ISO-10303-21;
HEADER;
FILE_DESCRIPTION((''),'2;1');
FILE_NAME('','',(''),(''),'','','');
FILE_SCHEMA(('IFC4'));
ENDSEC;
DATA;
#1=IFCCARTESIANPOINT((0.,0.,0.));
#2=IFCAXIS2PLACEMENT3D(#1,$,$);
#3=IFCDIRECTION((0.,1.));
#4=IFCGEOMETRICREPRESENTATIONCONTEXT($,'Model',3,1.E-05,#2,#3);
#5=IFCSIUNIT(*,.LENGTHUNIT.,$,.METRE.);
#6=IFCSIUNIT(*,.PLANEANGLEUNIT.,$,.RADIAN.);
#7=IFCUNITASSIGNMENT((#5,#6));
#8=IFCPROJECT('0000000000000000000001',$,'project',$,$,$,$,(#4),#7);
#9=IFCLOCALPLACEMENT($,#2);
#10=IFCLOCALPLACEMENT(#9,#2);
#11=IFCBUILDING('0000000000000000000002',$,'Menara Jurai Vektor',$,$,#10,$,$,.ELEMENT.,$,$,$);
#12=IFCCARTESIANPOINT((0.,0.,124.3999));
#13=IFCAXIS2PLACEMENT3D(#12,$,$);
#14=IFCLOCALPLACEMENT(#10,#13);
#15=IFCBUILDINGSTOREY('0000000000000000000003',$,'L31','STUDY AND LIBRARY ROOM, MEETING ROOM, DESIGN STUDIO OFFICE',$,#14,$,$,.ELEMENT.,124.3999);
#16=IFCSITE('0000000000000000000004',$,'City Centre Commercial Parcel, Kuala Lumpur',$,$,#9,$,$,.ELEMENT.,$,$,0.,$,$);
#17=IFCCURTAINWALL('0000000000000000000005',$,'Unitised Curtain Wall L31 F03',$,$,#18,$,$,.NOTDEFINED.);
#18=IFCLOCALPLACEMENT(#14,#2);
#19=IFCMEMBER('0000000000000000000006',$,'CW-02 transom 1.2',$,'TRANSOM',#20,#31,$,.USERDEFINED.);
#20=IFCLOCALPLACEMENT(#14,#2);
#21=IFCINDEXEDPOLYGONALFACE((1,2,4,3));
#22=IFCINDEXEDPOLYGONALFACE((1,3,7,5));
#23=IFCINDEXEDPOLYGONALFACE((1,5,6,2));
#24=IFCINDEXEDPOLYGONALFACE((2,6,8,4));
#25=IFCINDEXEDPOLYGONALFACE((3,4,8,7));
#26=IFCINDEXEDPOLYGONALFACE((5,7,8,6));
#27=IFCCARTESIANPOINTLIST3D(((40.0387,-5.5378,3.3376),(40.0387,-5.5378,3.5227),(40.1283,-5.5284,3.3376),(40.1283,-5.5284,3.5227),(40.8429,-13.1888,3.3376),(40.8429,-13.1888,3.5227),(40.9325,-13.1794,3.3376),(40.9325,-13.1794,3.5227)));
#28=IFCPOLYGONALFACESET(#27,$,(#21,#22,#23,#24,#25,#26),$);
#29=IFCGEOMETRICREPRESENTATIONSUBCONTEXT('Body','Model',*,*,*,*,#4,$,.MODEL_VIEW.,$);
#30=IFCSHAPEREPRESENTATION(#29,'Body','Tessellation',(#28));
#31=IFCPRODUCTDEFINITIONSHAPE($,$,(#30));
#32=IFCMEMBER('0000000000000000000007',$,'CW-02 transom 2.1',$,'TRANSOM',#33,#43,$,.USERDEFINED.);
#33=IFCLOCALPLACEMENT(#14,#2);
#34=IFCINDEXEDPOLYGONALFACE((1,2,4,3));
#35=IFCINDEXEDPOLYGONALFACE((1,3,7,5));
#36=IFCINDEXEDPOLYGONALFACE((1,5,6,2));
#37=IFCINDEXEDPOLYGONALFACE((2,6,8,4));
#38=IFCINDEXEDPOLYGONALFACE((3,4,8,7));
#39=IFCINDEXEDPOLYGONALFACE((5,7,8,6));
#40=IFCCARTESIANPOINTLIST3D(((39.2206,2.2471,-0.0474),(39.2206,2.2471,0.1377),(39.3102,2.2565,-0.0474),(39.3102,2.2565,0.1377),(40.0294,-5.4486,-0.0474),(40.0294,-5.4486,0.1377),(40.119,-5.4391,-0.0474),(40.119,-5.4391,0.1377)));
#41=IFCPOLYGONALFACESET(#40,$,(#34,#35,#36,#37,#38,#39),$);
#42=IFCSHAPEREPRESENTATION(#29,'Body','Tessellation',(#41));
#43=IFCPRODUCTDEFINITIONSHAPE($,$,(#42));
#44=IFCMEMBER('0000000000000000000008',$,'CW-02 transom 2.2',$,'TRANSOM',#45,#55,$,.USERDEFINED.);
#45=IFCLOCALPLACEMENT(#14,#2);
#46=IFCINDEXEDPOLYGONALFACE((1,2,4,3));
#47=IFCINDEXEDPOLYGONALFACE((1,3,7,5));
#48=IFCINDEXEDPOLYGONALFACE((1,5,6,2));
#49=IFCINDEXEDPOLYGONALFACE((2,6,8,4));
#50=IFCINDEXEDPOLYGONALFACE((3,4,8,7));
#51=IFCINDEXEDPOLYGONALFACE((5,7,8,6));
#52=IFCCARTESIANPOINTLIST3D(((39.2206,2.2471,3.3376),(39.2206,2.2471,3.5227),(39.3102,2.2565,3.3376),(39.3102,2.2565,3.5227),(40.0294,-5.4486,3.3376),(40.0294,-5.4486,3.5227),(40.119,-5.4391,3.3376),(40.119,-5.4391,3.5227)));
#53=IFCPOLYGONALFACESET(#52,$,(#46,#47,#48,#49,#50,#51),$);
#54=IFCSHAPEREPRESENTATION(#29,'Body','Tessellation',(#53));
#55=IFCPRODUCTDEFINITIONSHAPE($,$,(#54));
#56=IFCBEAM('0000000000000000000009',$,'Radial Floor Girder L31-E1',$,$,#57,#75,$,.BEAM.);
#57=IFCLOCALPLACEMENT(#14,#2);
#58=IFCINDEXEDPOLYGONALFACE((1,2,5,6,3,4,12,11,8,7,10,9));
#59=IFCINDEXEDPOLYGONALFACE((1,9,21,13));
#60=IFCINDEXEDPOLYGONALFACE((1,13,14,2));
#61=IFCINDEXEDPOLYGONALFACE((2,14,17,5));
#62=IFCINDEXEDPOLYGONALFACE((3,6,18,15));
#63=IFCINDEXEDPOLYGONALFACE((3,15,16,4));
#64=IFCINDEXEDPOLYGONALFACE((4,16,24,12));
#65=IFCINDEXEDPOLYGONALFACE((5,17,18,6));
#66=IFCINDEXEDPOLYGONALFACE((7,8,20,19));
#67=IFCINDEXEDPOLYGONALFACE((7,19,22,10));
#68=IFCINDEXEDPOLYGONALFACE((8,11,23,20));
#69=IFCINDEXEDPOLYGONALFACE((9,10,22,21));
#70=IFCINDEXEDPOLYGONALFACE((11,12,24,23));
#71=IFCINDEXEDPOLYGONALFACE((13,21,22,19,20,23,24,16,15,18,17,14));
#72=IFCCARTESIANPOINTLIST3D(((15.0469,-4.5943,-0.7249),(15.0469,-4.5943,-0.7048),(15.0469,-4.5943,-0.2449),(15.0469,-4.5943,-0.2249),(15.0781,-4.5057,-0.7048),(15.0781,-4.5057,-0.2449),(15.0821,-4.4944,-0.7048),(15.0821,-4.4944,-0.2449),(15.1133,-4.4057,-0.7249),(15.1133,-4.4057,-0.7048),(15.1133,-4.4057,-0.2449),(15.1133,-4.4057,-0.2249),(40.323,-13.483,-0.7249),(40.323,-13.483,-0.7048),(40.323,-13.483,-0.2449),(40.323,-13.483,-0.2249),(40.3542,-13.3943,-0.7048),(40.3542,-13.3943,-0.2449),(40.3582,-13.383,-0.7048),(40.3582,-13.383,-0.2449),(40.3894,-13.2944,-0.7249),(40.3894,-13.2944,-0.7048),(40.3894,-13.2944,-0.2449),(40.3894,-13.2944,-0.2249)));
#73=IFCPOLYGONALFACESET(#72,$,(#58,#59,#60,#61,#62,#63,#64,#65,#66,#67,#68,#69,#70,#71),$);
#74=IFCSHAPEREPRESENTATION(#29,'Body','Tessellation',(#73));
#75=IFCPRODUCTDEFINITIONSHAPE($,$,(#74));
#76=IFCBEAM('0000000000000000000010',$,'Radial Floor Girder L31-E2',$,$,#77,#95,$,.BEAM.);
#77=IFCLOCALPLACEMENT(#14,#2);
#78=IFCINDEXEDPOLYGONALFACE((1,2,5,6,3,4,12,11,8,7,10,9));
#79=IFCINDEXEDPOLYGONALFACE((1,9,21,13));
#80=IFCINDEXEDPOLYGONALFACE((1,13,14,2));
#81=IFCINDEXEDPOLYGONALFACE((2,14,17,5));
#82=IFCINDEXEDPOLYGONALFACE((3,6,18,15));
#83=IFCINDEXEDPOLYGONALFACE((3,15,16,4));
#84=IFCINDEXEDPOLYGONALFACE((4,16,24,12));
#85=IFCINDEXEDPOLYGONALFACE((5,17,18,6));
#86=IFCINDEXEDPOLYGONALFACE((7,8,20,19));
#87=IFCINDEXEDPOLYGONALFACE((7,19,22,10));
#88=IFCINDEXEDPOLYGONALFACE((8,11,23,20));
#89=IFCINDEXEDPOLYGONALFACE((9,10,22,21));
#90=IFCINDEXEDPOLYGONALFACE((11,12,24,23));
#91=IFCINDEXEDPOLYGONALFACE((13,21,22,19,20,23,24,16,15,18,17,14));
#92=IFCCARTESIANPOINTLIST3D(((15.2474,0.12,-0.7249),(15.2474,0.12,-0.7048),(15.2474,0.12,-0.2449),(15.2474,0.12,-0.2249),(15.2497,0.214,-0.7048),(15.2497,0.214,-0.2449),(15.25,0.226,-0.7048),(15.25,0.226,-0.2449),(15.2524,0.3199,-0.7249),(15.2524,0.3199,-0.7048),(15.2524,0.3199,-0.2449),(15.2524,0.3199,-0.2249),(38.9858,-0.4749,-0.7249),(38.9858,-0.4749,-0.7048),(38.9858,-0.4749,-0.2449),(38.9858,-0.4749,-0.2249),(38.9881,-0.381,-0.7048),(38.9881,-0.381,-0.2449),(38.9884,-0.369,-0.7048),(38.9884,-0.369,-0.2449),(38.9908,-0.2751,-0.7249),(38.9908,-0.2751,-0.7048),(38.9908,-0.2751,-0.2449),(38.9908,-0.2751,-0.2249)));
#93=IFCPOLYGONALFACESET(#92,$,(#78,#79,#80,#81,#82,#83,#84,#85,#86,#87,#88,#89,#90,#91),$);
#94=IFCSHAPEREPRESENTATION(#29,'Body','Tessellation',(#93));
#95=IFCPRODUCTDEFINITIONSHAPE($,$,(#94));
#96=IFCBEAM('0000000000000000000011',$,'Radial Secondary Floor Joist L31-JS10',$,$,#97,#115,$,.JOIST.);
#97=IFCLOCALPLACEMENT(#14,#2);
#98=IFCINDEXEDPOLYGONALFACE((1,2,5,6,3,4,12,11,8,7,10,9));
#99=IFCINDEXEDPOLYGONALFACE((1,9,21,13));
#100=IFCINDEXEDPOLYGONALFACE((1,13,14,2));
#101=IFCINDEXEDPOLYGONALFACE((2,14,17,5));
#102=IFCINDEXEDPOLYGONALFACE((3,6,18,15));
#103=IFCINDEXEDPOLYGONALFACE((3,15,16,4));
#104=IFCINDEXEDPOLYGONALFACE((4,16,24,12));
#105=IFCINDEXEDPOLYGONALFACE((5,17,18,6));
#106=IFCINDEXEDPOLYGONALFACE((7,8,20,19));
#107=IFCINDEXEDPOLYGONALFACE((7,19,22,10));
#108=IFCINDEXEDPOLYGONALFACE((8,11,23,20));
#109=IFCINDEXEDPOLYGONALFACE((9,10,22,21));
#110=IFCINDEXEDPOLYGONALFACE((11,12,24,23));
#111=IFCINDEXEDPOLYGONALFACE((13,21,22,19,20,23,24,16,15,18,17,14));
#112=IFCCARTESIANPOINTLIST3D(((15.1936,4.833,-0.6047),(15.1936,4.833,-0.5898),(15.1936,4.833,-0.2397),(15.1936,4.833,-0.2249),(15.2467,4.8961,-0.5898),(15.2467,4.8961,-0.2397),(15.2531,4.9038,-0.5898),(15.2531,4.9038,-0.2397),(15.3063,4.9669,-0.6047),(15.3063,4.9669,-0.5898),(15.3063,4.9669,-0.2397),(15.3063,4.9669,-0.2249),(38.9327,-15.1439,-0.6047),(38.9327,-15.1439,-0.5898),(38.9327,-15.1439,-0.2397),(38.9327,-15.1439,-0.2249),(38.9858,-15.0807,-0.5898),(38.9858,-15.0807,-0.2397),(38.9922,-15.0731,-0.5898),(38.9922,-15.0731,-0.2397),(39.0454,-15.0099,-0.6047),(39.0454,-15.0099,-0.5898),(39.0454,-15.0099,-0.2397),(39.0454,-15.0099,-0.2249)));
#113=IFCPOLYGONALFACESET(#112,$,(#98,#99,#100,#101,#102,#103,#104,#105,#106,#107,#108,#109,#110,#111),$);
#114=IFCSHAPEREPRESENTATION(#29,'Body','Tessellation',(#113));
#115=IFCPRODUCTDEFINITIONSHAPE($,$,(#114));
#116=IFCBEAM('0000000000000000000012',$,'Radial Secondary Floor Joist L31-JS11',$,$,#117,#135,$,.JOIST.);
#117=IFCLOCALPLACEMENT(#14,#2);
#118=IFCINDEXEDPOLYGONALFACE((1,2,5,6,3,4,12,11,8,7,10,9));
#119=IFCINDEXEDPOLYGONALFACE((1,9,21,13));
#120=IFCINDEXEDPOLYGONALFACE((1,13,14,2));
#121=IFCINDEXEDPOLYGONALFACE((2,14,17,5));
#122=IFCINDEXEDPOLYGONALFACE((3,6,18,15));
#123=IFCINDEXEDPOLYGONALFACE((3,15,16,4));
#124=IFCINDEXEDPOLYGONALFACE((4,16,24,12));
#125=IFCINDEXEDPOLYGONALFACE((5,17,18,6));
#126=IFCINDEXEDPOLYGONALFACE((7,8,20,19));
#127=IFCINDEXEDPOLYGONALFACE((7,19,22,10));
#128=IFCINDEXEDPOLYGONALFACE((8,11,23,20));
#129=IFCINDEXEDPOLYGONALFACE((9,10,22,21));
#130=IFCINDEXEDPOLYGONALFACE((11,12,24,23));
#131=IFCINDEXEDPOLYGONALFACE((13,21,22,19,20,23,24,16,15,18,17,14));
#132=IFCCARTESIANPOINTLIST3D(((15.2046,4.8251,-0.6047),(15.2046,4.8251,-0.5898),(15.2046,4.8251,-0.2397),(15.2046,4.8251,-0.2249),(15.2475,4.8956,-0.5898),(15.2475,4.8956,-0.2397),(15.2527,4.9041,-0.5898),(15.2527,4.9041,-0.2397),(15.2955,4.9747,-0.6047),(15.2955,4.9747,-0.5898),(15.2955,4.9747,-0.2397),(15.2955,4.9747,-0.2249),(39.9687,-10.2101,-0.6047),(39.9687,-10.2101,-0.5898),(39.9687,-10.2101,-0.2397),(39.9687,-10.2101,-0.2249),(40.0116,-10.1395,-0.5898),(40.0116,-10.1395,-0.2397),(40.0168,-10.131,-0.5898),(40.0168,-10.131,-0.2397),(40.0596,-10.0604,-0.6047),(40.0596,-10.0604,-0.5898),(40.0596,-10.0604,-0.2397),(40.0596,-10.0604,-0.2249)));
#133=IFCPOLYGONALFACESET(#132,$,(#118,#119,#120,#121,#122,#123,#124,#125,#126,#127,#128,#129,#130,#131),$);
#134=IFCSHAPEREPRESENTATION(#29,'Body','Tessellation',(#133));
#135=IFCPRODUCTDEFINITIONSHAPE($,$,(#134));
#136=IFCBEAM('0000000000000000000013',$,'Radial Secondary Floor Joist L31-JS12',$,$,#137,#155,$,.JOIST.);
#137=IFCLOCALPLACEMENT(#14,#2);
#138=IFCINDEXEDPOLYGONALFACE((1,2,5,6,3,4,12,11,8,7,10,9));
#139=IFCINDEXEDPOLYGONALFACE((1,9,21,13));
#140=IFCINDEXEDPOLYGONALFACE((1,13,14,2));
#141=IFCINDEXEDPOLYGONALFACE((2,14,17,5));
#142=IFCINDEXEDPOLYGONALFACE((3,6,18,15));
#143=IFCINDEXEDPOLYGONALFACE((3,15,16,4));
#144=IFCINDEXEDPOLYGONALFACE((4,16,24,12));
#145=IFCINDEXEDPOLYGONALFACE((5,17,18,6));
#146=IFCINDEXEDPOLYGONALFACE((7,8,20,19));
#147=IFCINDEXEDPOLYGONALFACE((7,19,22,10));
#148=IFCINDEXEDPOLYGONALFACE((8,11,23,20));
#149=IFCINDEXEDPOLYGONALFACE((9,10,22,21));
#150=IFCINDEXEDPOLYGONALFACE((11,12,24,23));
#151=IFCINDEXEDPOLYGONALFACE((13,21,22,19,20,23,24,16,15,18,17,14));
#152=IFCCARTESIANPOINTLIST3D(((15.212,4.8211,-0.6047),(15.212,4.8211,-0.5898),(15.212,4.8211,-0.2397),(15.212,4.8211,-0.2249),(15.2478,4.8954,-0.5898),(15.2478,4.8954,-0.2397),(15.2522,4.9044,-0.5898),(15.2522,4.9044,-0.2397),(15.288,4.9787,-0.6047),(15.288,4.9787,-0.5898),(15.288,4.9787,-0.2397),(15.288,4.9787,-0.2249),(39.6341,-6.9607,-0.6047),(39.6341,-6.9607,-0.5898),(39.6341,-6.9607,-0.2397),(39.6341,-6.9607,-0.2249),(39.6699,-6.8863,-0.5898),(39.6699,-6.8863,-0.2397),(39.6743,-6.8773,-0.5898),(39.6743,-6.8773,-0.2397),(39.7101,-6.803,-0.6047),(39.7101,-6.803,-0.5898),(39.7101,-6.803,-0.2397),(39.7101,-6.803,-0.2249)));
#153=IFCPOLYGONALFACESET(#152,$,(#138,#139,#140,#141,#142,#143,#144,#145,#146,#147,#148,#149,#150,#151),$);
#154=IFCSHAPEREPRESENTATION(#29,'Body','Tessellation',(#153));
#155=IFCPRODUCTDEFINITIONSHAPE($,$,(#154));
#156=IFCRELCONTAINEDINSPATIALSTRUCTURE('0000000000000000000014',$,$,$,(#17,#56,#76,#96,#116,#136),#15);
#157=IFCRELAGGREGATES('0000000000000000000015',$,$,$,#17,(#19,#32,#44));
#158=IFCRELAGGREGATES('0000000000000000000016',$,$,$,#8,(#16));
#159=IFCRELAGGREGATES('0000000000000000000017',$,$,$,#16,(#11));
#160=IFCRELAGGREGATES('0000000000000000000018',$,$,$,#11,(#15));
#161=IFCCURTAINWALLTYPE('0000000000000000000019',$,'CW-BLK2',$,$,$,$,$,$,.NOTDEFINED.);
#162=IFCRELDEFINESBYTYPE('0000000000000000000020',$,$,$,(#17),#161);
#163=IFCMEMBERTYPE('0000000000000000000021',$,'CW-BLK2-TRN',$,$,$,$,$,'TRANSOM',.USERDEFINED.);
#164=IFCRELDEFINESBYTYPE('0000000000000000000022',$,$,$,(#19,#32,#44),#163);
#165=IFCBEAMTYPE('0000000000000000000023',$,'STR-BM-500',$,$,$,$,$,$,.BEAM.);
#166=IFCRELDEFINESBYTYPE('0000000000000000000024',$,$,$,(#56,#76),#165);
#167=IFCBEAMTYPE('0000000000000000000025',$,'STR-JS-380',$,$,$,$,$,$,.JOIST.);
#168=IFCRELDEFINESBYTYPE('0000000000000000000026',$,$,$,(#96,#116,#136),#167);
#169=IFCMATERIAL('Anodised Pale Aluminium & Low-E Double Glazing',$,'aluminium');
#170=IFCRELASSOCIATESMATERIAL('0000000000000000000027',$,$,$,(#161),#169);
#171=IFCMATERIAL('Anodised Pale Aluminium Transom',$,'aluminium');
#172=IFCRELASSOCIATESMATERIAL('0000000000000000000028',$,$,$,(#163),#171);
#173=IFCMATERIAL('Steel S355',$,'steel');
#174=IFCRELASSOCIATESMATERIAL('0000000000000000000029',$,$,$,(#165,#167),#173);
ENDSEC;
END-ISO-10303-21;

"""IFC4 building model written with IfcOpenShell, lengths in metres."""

from ifc_helpers import new_model, si_unit, direction, frame, origin, origin_2d, place, context, subcontext, project, spatial, rectangle, i_section, extrude, material, material_profile, profile_set, type_object, element, aggregate, save


model = new_model("IFC4")

# Units and contexts
model_context = context("Model", 3, precision=1e-05, world=origin(), true_north=direction((0.0, 1.0)))
body_context = subcontext(model_context, "Body", "Model", "MODEL_VIEW")
ifc_project = project(units=[si_unit("LENGTHUNIT", "METRE"), si_unit("PLANEANGLEUNIT", "RADIAN")], contexts=[model_context])

# Site, building, storey
site_placement = place(None, origin())
site = spatial("IfcSite", under=ifc_project, at=site_placement, Name="City Centre Commercial Parcel, Kuala Lumpur", CompositionType="ELEMENT", RefElevation=0.0)
building_placement = place(site_placement, origin())
building = spatial("IfcBuilding", under=site, at=building_placement, Name="Menara Jurai Vektor", CompositionType="ELEMENT")
storey_placement = place(building_placement, frame((0.0, 0.0, 124.3999)))
storey = spatial("IfcBuildingStorey", under=building, at=storey_placement, Name="L31", Description="STUDY AND LIBRARY ROOM, MEETING ROOM, DESIGN STUDIO OFFICE", CompositionType="ELEMENT", Elevation=124.3999)

# Curtain wall
ifc_material_1 = material(Name="Anodised Pale Aluminium & Low-E Double Glazing", Category="aluminium")
curtain_wall_type = type_object("IfcCurtainWallType", Name="CW-BLK2", PredefinedType="NOTDEFINED", material=ifc_material_1)
curtain_wall_1_placement = place(storey_placement, origin())
curtain_wall_1 = element("IfcCurtainWall", 1, at=curtain_wall_1_placement, inside=storey, type_object=curtain_wall_type, Name="Unitised Curtain Wall L31 F03", PredefinedType="NOTDEFINED")

# Members
ifc_material_2 = material(Name="Anodised Pale Aluminium Transom", Category="aluminium")
ifc_material_profile_1 = material_profile(ifc_material_2, rectangle(XDim=0.0901, YDim=0.1851, at=origin_2d()), Name="ALU TRN 90x185")
ifc_profile_set_1 = profile_set([ifc_material_profile_1], Name="Anodised Pale Aluminium Transom")
member_type_1 = type_object("IfcMemberType", Name="CW-BLK2-TRN", ElementType="TRANSOM", PredefinedType="USERDEFINED", material=ifc_profile_set_1)
member_1_placement = place(storey_placement, frame((40.8877, -13.1841, 3.4302), z_axis=(-0.104536, 0.994521, 0.0), x_axis=(-0.994521, -0.104536, 0.0)))
member_1 = element("IfcMember", 2, at=member_1_placement, type_object=member_type_1, Name="CW-02 transom 1.2", ObjectType="TRANSOM", PredefinedType="USERDEFINED", context=body_context, shape_type="SweptSolid", body=[
    extrude(rectangle(XDim=0.0901, YDim=0.1851, at=origin_2d()), origin(), (0.0, 0.0, 1.0), 7.6931),
])
member_2_placement = place(storey_placement, frame((40.0742, -5.4438, 0.0452), z_axis=(-0.104529, 0.994522, 0.0), x_axis=(-0.994522, -0.104529, 0.0)))
member_2 = element("IfcMember", 3, at=member_2_placement, type_object=member_type_1, Name="CW-02 transom 2.1", ObjectType="TRANSOM", PredefinedType="USERDEFINED", context=body_context, shape_type="SweptSolid", body=[
    extrude(rectangle(XDim=0.0901, YDim=0.1851, at=origin_2d()), origin(), (0.0, 0.0, 1.0), 7.738),
])
member_3_placement = place(storey_placement, frame((40.0742, -5.4438, 3.4302), z_axis=(-0.104529, 0.994522, 0.0), x_axis=(-0.994522, -0.104529, 0.0)))
member_3 = element("IfcMember", 4, at=member_3_placement, type_object=member_type_1, Name="CW-02 transom 2.2", ObjectType="TRANSOM", PredefinedType="USERDEFINED", context=body_context, shape_type="SweptSolid", body=[
    extrude(rectangle(XDim=0.0901, YDim=0.1851, at=origin_2d()), origin(), (0.0, 0.0, 1.0), 7.738),
])

# Beams
ifc_material_3 = material(Name="Steel S355", Category="steel")
ifc_material_profile_2 = material_profile(ifc_material_3, i_section(OverallWidth=0.2, OverallDepth=0.5, WebThickness=0.012, FlangeThickness=0.02, at=origin_2d()), Name="PG 500x200x96")
ifc_profile_set_2 = profile_set([ifc_material_profile_2], Name="Steel S355")
beam_type_1 = type_object("IfcBeamType", Name="STR-BM-500", PredefinedType="BEAM", material=ifc_profile_set_2)
beam_1_placement = place(storey_placement, frame((40.3562, -13.3887, -0.4749), z_axis=(-0.943368, 0.331747, 0.0), x_axis=(-0.331747, -0.943368, 0.0)))
element("IfcBeam", 5, at=beam_1_placement, inside=storey, type_object=beam_type_1, Name="Radial Floor Girder L31-E1", PredefinedType="BEAM", context=body_context, shape_type="SweptSolid", body=[
    extrude(i_section(OverallWidth=0.2, OverallDepth=0.5, WebThickness=0.012, FlangeThickness=0.02, at=origin_2d()), origin(), (0.0, 0.0, 1.0), 26.7935),
])
beam_2_placement = place(storey_placement, frame((38.9883, -0.375, -0.4749), z_axis=(-0.999686, 0.025056, 0.0), x_axis=(-0.025056, -0.999686, 0.0)))
element("IfcBeam", 6, at=beam_2_placement, inside=storey, type_object=beam_type_1, Name="Radial Floor Girder L31-E2", PredefinedType="BEAM", context=body_context, shape_type="SweptSolid", body=[
    extrude(i_section(OverallWidth=0.2, OverallDepth=0.5, WebThickness=0.012, FlangeThickness=0.02, at=origin_2d()), origin(), (0.0, 0.0, 1.0), 23.7458),
])
ifc_material_profile_3 = material_profile(ifc_material_3, i_section(OverallWidth=0.175, OverallDepth=0.3799, WebThickness=0.01, FlangeThickness=0.0149, at=origin_2d()), Name="PG 380x175x58")
ifc_profile_set_3 = profile_set([ifc_material_profile_3], Name="Steel S355")
beam_type_2 = type_object("IfcBeamType", Name="STR-JS-380", PredefinedType="JOIST", material=ifc_profile_set_3)
beam_3_placement = place(storey_placement, frame((38.989, -15.0769, -0.4148), z_axis=(-0.765133, 0.643873, 0.0), x_axis=(-0.643873, -0.765133, 0.0)))
element("IfcBeam", 7, at=beam_3_placement, inside=storey, type_object=beam_type_2, Name="Radial Secondary Floor Joist L31-JS10", PredefinedType="JOIST", context=body_context, shape_type="SweptSolid", body=[
    extrude(i_section(OverallWidth=0.175, OverallDepth=0.3799, WebThickness=0.01, FlangeThickness=0.0149, at=origin_2d()), origin(), (0.0, 0.0, 1.0), 31.0261),
])
beam_4_placement = place(storey_placement, frame((40.0142, -10.1353, -0.4148), z_axis=(-0.854791, 0.518972, 0.0), x_axis=(-0.518972, -0.854791, 0.0)))
element("IfcBeam", 8, at=beam_4_placement, inside=storey, type_object=beam_type_2, Name="Radial Secondary Floor Joist L31-JS11", PredefinedType="JOIST", context=body_context, shape_type="SweptSolid", body=[
    extrude(i_section(OverallWidth=0.175, OverallDepth=0.3799, WebThickness=0.01, FlangeThickness=0.0149, at=origin_2d()), origin(), (0.0, 0.0, 1.0), 28.9709),
])
beam_5_placement = place(storey_placement, frame((39.6721, -6.8818, -0.4148), z_axis=(-0.900671, 0.434502, 0.0), x_axis=(-0.434502, -0.900671, 0.0)))
element("IfcBeam", 9, at=beam_5_placement, inside=storey, type_object=beam_type_2, Name="Radial Secondary Floor Joist L31-JS12", PredefinedType="JOIST", context=body_context, shape_type="SweptSolid", body=[
    extrude(i_section(OverallWidth=0.175, OverallDepth=0.3799, WebThickness=0.01, FlangeThickness=0.0149, at=origin_2d()), origin(), (0.0, 0.0, 1.0), 27.1155),
])

aggregate(curtain_wall_1, [member_1, member_2, member_3])

save(model, "model.ifc")
